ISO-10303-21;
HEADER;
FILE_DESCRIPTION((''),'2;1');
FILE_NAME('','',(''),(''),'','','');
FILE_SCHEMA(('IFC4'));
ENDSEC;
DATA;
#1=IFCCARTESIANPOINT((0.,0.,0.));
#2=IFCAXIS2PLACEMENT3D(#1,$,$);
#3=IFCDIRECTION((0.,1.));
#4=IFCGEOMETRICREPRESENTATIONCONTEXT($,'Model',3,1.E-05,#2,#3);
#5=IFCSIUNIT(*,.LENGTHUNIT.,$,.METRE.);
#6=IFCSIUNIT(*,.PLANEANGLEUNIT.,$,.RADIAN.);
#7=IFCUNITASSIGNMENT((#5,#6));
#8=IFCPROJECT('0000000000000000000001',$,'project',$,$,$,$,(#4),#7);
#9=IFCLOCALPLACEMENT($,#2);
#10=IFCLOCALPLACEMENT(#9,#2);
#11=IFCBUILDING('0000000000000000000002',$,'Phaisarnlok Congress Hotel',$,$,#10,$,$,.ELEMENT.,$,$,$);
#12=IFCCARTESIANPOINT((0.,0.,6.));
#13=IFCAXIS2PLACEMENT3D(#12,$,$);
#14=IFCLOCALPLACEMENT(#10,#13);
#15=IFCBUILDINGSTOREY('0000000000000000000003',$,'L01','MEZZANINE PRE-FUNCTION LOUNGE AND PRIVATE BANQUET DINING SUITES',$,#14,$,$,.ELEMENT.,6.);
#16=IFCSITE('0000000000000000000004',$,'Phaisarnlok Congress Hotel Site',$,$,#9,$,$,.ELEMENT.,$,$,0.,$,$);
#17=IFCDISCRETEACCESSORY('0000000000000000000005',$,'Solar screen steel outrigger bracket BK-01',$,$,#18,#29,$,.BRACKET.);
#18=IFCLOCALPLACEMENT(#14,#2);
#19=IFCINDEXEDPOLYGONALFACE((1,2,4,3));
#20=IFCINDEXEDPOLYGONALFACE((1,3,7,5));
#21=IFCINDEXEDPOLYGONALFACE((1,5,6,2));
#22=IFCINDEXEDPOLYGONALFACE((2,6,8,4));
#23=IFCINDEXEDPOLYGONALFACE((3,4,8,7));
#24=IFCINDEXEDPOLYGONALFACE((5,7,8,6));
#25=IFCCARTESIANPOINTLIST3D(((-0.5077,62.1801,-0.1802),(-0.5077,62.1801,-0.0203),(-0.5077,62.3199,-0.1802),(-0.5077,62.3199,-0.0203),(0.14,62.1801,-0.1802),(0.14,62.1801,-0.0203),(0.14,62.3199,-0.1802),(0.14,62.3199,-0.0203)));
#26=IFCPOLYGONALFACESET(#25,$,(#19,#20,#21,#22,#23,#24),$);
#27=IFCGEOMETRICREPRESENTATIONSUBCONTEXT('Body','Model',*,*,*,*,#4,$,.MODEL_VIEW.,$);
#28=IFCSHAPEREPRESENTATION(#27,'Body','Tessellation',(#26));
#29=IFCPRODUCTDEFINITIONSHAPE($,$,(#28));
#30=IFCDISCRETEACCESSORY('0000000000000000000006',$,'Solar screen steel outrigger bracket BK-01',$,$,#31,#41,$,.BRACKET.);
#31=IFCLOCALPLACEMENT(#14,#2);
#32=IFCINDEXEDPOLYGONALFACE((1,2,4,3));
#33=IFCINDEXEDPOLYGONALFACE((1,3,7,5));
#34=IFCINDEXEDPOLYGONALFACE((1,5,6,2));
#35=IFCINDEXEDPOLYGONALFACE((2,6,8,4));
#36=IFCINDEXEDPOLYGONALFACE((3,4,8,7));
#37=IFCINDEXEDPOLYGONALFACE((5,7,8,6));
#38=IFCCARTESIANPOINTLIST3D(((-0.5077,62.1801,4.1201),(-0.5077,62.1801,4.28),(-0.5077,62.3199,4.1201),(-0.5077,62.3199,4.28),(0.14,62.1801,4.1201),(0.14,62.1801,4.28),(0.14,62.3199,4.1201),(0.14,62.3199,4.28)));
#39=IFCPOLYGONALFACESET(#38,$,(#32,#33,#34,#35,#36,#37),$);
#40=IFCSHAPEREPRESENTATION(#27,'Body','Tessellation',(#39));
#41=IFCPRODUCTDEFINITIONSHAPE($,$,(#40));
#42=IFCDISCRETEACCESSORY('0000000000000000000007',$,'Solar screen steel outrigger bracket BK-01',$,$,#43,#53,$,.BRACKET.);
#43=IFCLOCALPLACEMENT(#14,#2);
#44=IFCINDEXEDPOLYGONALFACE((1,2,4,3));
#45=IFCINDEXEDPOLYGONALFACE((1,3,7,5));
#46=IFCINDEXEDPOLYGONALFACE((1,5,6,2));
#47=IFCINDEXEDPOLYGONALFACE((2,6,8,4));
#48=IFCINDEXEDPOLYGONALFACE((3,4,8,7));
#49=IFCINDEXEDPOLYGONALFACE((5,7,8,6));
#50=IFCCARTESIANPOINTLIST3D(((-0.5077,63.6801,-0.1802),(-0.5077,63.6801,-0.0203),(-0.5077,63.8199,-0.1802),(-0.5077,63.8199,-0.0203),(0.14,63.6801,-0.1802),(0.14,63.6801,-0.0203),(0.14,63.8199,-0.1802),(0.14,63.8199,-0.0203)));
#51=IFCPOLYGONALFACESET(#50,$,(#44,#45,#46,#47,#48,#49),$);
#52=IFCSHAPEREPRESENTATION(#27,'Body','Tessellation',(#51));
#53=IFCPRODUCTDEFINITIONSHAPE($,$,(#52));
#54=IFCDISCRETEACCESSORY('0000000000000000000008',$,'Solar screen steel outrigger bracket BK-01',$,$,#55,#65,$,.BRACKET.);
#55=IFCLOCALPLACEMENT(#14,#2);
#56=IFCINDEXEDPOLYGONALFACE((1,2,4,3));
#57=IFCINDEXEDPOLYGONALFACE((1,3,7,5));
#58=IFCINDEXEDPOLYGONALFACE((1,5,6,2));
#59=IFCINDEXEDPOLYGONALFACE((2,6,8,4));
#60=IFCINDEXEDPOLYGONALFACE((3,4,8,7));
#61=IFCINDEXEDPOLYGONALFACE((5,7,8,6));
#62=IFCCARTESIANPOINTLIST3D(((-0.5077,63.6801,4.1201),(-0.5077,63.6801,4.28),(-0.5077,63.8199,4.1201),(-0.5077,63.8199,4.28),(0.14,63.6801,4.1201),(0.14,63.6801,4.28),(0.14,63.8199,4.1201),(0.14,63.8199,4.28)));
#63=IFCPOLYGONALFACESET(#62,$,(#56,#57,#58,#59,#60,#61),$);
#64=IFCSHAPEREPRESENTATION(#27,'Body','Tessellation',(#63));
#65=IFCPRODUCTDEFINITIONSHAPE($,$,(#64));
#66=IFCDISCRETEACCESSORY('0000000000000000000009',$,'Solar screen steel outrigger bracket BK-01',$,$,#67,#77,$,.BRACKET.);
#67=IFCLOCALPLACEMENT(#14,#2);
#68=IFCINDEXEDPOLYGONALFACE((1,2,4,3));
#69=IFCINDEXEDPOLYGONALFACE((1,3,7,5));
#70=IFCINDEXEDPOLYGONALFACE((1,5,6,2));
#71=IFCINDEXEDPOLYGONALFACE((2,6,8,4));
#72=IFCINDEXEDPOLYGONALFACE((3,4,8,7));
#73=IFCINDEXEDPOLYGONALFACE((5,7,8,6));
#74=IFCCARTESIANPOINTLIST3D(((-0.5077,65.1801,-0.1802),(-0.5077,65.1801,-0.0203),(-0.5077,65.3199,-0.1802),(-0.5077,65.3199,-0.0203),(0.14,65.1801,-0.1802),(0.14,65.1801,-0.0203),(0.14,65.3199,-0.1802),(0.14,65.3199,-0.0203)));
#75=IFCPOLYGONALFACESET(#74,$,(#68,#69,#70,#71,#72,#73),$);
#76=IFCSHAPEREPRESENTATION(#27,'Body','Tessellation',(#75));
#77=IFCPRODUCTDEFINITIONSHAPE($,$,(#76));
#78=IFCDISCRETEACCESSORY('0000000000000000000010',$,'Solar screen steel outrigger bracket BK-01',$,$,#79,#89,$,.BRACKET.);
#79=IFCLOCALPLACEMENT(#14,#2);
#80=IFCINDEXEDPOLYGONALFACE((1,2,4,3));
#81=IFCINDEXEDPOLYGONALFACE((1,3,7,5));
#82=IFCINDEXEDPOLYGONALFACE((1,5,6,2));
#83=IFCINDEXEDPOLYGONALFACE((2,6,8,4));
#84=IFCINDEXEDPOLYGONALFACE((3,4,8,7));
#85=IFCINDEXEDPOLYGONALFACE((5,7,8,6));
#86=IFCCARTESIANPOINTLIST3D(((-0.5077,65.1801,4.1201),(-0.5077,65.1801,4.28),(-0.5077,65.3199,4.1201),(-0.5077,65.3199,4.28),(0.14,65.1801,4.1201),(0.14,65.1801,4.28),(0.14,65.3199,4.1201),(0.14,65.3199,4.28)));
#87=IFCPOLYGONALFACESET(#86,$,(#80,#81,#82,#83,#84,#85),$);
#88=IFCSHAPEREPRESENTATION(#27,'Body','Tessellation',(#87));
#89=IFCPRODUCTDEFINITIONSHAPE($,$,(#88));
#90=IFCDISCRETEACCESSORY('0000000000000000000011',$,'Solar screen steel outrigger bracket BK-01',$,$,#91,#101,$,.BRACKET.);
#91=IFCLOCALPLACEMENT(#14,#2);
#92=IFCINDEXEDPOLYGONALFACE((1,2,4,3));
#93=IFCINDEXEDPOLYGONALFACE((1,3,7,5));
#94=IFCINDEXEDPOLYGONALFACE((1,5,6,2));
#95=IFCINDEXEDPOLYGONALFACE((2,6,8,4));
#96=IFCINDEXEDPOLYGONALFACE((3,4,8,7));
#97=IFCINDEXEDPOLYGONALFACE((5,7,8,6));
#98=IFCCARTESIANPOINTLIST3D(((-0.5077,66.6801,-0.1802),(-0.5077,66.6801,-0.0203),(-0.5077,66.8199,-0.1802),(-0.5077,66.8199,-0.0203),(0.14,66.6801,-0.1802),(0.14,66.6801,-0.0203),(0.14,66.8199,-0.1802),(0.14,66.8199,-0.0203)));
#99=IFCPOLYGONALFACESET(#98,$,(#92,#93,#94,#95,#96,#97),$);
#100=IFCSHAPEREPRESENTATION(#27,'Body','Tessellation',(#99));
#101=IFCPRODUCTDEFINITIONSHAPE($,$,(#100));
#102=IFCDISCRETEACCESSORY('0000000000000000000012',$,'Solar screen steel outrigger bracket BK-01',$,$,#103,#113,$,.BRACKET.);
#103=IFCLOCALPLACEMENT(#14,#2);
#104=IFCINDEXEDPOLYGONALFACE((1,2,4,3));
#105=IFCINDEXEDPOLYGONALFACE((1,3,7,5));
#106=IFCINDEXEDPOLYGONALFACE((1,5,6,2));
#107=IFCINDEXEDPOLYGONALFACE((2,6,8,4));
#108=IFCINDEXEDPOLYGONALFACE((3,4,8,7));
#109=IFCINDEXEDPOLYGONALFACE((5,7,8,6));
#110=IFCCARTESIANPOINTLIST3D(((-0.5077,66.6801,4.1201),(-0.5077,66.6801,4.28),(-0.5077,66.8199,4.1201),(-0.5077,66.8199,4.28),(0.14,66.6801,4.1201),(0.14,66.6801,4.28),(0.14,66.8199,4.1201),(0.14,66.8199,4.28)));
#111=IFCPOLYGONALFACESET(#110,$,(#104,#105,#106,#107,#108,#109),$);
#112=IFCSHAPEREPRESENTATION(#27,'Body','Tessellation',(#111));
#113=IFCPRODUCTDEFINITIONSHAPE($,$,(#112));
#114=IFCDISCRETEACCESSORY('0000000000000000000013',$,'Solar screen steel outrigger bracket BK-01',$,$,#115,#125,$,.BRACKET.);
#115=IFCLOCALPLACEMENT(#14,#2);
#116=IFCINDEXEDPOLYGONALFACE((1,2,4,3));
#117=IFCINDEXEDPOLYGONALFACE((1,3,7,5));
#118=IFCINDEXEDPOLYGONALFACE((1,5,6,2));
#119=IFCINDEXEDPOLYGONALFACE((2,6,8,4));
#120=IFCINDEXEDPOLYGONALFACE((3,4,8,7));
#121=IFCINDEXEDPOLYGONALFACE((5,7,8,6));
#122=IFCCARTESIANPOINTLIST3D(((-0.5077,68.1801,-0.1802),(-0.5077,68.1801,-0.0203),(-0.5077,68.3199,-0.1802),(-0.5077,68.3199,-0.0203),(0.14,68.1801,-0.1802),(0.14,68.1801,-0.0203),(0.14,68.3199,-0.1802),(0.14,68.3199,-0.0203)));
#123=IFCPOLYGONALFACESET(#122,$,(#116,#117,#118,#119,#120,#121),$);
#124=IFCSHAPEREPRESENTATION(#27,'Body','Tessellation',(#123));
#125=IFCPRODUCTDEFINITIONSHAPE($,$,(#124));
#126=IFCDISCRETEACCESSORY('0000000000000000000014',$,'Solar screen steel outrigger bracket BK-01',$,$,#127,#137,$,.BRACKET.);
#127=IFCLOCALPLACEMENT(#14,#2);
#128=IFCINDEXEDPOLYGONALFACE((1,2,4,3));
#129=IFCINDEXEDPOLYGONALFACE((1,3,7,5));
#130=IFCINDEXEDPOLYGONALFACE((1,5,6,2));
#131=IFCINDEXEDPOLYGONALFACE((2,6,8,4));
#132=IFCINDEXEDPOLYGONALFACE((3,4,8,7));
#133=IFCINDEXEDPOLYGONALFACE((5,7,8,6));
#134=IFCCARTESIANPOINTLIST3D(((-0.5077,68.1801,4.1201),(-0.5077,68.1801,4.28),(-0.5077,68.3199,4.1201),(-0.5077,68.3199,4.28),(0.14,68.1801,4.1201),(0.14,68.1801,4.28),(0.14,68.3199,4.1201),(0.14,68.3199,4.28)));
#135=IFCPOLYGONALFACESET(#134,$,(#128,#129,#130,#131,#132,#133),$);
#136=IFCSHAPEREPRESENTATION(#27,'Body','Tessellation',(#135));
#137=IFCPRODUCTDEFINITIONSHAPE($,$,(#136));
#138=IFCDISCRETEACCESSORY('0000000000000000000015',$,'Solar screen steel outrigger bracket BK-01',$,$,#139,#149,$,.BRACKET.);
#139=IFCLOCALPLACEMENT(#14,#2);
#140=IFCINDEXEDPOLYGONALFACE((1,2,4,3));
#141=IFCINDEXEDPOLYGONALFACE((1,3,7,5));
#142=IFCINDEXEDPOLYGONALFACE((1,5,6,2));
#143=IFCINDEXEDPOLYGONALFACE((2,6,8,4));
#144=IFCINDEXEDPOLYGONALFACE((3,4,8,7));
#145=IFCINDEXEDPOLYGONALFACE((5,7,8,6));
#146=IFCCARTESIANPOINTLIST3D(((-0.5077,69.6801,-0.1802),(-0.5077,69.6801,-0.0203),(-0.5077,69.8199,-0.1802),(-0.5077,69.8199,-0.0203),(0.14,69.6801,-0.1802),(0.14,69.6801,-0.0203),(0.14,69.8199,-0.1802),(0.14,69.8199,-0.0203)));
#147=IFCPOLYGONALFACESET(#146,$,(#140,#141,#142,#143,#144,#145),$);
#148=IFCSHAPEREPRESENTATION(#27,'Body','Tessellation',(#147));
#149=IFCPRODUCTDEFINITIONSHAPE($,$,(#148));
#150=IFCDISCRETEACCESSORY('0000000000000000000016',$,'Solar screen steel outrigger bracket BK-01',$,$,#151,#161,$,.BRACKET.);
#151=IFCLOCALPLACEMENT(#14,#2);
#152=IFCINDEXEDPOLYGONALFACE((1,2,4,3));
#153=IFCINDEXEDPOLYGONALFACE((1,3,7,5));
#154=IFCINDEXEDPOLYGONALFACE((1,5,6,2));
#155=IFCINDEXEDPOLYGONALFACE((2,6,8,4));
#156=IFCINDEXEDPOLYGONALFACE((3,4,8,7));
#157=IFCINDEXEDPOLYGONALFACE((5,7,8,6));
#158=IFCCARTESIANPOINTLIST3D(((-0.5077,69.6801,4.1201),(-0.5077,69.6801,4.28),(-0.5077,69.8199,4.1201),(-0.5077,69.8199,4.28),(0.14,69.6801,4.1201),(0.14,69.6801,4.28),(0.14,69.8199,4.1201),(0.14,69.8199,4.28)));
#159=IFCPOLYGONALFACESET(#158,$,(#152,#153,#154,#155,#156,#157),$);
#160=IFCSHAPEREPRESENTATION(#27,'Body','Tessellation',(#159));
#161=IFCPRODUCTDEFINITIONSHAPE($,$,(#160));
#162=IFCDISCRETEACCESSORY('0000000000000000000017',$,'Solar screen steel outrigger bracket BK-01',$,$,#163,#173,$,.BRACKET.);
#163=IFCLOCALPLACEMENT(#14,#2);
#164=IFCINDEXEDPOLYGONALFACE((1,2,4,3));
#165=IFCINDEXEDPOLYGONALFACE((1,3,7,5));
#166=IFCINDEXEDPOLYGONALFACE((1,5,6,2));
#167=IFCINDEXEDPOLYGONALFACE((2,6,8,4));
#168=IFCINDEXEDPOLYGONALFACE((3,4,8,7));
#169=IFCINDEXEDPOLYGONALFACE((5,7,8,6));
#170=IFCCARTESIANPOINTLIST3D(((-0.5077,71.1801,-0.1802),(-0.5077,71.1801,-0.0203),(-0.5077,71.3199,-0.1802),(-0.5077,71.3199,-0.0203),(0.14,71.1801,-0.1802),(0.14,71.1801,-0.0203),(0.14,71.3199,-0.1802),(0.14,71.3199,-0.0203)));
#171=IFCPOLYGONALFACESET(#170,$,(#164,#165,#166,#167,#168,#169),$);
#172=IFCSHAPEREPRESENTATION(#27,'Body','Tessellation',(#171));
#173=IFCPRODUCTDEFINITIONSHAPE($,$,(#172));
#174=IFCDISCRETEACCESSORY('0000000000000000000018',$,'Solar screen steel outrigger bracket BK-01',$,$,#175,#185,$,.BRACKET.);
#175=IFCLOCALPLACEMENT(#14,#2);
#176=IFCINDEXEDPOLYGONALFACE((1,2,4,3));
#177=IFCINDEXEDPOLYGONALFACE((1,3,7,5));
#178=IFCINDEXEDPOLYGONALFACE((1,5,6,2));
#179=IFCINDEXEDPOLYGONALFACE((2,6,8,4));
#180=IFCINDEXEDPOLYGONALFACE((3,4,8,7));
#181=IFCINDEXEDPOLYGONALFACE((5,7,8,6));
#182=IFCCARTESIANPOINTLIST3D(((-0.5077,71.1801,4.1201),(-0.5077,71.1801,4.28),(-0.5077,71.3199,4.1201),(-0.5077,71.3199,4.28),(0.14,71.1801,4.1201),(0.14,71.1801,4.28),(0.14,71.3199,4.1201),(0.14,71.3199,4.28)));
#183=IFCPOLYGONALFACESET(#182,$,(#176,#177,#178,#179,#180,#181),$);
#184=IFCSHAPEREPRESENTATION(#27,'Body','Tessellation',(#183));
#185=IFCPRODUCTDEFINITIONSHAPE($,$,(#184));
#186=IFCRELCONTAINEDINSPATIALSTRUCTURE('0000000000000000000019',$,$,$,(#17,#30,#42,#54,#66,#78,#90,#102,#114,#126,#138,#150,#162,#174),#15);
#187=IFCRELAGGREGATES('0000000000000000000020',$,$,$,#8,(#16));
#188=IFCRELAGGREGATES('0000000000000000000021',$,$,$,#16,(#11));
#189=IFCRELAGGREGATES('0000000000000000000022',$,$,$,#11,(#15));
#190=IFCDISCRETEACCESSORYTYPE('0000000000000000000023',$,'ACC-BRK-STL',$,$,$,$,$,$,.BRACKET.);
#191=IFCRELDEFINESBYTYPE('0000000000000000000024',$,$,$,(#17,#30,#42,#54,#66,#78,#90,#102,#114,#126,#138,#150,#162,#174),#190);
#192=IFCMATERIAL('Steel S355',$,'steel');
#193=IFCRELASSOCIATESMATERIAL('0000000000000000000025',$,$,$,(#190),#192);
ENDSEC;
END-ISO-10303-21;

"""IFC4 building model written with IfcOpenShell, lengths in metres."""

from ifc_helpers import new_model, si_unit, direction, frame, origin, origin_2d, place, context, subcontext, project, spatial, rectangle, extrude, material, type_object, element, save


model = new_model("IFC4")

# Units and contexts
model_context = context("Model", 3, precision=1e-05, world=origin(), true_north=direction((0.0, 1.0)))
body_context = subcontext(model_context, "Body", "Model", "MODEL_VIEW")
ifc_project = project(units=[si_unit("LENGTHUNIT", "METRE"), si_unit("PLANEANGLEUNIT", "RADIAN")], contexts=[model_context])

# Site, building, storey
site_placement = place(None, origin())
site = spatial("IfcSite", under=ifc_project, at=site_placement, Name="Phaisarnlok Congress Hotel Site", CompositionType="ELEMENT", RefElevation=0.0)
building_placement = place(site_placement, origin())
building = spatial("IfcBuilding", under=site, at=building_placement, Name="Phaisarnlok Congress Hotel", CompositionType="ELEMENT")
storey_placement = place(building_placement, frame((0.0, 0.0, 6.0)))
storey = spatial("IfcBuildingStorey", under=building, at=storey_placement, Name="L01", Description="MEZZANINE PRE-FUNCTION LOUNGE AND PRIVATE BANQUET DINING SUITES", CompositionType="ELEMENT", Elevation=6.0)

# Shared definitions
ifc_material_1 = material(Name="Steel S355", Category="steel")

# Discrete accessories
discrete_accessory_type = type_object("IfcDiscreteAccessoryType", Name="ACC-BRK-STL", PredefinedType="BRACKET", material=ifc_material_1)
for number, where, z_axis, x_axis, name in (
    (1, (-0.1838, 62.25, -0.1802), (0.0, 0.0, 1.0), (1.0, 0.0, 0.0), "Solar screen steel outrigger bracket BK-01"),
    (2, (-0.1838, 62.25, 4.1201), (0.0, 0.0, 1.0), (1.0, 0.0, 0.0), "Solar screen steel outrigger bracket BK-01"),
    (3, (-0.1838, 63.75, -0.1802), (0.0, 0.0, 1.0), (1.0, 0.0, 0.0), "Solar screen steel outrigger bracket BK-01"),
    (4, (-0.1838, 63.75, 4.1201), (0.0, 0.0, 1.0), (1.0, 0.0, 0.0), "Solar screen steel outrigger bracket BK-01"),
    (5, (-0.1838, 65.25, -0.1802), (0.0, 0.0, 1.0), (1.0, 0.0, 0.0), "Solar screen steel outrigger bracket BK-01"),
    (6, (-0.1838, 65.25, 4.1201), (0.0, 0.0, 1.0), (1.0, 0.0, 0.0), "Solar screen steel outrigger bracket BK-01"),
    (7, (-0.1838, 66.75, -0.1802), (0.0, 0.0, 1.0), (1.0, 0.0, 0.0), "Solar screen steel outrigger bracket BK-01"),
    (8, (-0.1838, 66.75, 4.1201), (0.0, 0.0, 1.0), (1.0, 0.0, 0.0), "Solar screen steel outrigger bracket BK-01"),
    (9, (-0.1838, 68.25, -0.1802), (0.0, 0.0, 1.0), (1.0, 0.0, 0.0), "Solar screen steel outrigger bracket BK-01"),
    (10, (-0.1838, 68.25, 4.1201), (0.0, 0.0, 1.0), (1.0, 0.0, 0.0), "Solar screen steel outrigger bracket BK-01"),
    (11, (-0.1838, 69.75, -0.1802), (0.0, 0.0, 1.0), (1.0, 0.0, 0.0), "Solar screen steel outrigger bracket BK-01"),
    (12, (-0.1838, 69.75, 4.1201), (0.0, 0.0, 1.0), (1.0, 0.0, 0.0), "Solar screen steel outrigger bracket BK-01"),
    (13, (-0.1838, 71.25, -0.1802), (0.0, 0.0, 1.0), (1.0, 0.0, 0.0), "Solar screen steel outrigger bracket BK-01"),
    (14, (-0.1838, 71.25, 4.1201), (0.0, 0.0, 1.0), (1.0, 0.0, 0.0), "Solar screen steel outrigger bracket BK-01"),
):
    element("IfcDiscreteAccessory", number, at=place(storey_placement, frame(where, z_axis=z_axis, x_axis=x_axis)), inside=storey, type_object=discrete_accessory_type, Name=name, PredefinedType="BRACKET", context=body_context, shape_type="SweptSolid", body=[
        extrude(rectangle(XDim=0.6477, YDim=0.1399, at=origin_2d()), origin(), (0.0, 0.0, 1.0), 0.1599),
    ])

save(model, "model.ifc")
